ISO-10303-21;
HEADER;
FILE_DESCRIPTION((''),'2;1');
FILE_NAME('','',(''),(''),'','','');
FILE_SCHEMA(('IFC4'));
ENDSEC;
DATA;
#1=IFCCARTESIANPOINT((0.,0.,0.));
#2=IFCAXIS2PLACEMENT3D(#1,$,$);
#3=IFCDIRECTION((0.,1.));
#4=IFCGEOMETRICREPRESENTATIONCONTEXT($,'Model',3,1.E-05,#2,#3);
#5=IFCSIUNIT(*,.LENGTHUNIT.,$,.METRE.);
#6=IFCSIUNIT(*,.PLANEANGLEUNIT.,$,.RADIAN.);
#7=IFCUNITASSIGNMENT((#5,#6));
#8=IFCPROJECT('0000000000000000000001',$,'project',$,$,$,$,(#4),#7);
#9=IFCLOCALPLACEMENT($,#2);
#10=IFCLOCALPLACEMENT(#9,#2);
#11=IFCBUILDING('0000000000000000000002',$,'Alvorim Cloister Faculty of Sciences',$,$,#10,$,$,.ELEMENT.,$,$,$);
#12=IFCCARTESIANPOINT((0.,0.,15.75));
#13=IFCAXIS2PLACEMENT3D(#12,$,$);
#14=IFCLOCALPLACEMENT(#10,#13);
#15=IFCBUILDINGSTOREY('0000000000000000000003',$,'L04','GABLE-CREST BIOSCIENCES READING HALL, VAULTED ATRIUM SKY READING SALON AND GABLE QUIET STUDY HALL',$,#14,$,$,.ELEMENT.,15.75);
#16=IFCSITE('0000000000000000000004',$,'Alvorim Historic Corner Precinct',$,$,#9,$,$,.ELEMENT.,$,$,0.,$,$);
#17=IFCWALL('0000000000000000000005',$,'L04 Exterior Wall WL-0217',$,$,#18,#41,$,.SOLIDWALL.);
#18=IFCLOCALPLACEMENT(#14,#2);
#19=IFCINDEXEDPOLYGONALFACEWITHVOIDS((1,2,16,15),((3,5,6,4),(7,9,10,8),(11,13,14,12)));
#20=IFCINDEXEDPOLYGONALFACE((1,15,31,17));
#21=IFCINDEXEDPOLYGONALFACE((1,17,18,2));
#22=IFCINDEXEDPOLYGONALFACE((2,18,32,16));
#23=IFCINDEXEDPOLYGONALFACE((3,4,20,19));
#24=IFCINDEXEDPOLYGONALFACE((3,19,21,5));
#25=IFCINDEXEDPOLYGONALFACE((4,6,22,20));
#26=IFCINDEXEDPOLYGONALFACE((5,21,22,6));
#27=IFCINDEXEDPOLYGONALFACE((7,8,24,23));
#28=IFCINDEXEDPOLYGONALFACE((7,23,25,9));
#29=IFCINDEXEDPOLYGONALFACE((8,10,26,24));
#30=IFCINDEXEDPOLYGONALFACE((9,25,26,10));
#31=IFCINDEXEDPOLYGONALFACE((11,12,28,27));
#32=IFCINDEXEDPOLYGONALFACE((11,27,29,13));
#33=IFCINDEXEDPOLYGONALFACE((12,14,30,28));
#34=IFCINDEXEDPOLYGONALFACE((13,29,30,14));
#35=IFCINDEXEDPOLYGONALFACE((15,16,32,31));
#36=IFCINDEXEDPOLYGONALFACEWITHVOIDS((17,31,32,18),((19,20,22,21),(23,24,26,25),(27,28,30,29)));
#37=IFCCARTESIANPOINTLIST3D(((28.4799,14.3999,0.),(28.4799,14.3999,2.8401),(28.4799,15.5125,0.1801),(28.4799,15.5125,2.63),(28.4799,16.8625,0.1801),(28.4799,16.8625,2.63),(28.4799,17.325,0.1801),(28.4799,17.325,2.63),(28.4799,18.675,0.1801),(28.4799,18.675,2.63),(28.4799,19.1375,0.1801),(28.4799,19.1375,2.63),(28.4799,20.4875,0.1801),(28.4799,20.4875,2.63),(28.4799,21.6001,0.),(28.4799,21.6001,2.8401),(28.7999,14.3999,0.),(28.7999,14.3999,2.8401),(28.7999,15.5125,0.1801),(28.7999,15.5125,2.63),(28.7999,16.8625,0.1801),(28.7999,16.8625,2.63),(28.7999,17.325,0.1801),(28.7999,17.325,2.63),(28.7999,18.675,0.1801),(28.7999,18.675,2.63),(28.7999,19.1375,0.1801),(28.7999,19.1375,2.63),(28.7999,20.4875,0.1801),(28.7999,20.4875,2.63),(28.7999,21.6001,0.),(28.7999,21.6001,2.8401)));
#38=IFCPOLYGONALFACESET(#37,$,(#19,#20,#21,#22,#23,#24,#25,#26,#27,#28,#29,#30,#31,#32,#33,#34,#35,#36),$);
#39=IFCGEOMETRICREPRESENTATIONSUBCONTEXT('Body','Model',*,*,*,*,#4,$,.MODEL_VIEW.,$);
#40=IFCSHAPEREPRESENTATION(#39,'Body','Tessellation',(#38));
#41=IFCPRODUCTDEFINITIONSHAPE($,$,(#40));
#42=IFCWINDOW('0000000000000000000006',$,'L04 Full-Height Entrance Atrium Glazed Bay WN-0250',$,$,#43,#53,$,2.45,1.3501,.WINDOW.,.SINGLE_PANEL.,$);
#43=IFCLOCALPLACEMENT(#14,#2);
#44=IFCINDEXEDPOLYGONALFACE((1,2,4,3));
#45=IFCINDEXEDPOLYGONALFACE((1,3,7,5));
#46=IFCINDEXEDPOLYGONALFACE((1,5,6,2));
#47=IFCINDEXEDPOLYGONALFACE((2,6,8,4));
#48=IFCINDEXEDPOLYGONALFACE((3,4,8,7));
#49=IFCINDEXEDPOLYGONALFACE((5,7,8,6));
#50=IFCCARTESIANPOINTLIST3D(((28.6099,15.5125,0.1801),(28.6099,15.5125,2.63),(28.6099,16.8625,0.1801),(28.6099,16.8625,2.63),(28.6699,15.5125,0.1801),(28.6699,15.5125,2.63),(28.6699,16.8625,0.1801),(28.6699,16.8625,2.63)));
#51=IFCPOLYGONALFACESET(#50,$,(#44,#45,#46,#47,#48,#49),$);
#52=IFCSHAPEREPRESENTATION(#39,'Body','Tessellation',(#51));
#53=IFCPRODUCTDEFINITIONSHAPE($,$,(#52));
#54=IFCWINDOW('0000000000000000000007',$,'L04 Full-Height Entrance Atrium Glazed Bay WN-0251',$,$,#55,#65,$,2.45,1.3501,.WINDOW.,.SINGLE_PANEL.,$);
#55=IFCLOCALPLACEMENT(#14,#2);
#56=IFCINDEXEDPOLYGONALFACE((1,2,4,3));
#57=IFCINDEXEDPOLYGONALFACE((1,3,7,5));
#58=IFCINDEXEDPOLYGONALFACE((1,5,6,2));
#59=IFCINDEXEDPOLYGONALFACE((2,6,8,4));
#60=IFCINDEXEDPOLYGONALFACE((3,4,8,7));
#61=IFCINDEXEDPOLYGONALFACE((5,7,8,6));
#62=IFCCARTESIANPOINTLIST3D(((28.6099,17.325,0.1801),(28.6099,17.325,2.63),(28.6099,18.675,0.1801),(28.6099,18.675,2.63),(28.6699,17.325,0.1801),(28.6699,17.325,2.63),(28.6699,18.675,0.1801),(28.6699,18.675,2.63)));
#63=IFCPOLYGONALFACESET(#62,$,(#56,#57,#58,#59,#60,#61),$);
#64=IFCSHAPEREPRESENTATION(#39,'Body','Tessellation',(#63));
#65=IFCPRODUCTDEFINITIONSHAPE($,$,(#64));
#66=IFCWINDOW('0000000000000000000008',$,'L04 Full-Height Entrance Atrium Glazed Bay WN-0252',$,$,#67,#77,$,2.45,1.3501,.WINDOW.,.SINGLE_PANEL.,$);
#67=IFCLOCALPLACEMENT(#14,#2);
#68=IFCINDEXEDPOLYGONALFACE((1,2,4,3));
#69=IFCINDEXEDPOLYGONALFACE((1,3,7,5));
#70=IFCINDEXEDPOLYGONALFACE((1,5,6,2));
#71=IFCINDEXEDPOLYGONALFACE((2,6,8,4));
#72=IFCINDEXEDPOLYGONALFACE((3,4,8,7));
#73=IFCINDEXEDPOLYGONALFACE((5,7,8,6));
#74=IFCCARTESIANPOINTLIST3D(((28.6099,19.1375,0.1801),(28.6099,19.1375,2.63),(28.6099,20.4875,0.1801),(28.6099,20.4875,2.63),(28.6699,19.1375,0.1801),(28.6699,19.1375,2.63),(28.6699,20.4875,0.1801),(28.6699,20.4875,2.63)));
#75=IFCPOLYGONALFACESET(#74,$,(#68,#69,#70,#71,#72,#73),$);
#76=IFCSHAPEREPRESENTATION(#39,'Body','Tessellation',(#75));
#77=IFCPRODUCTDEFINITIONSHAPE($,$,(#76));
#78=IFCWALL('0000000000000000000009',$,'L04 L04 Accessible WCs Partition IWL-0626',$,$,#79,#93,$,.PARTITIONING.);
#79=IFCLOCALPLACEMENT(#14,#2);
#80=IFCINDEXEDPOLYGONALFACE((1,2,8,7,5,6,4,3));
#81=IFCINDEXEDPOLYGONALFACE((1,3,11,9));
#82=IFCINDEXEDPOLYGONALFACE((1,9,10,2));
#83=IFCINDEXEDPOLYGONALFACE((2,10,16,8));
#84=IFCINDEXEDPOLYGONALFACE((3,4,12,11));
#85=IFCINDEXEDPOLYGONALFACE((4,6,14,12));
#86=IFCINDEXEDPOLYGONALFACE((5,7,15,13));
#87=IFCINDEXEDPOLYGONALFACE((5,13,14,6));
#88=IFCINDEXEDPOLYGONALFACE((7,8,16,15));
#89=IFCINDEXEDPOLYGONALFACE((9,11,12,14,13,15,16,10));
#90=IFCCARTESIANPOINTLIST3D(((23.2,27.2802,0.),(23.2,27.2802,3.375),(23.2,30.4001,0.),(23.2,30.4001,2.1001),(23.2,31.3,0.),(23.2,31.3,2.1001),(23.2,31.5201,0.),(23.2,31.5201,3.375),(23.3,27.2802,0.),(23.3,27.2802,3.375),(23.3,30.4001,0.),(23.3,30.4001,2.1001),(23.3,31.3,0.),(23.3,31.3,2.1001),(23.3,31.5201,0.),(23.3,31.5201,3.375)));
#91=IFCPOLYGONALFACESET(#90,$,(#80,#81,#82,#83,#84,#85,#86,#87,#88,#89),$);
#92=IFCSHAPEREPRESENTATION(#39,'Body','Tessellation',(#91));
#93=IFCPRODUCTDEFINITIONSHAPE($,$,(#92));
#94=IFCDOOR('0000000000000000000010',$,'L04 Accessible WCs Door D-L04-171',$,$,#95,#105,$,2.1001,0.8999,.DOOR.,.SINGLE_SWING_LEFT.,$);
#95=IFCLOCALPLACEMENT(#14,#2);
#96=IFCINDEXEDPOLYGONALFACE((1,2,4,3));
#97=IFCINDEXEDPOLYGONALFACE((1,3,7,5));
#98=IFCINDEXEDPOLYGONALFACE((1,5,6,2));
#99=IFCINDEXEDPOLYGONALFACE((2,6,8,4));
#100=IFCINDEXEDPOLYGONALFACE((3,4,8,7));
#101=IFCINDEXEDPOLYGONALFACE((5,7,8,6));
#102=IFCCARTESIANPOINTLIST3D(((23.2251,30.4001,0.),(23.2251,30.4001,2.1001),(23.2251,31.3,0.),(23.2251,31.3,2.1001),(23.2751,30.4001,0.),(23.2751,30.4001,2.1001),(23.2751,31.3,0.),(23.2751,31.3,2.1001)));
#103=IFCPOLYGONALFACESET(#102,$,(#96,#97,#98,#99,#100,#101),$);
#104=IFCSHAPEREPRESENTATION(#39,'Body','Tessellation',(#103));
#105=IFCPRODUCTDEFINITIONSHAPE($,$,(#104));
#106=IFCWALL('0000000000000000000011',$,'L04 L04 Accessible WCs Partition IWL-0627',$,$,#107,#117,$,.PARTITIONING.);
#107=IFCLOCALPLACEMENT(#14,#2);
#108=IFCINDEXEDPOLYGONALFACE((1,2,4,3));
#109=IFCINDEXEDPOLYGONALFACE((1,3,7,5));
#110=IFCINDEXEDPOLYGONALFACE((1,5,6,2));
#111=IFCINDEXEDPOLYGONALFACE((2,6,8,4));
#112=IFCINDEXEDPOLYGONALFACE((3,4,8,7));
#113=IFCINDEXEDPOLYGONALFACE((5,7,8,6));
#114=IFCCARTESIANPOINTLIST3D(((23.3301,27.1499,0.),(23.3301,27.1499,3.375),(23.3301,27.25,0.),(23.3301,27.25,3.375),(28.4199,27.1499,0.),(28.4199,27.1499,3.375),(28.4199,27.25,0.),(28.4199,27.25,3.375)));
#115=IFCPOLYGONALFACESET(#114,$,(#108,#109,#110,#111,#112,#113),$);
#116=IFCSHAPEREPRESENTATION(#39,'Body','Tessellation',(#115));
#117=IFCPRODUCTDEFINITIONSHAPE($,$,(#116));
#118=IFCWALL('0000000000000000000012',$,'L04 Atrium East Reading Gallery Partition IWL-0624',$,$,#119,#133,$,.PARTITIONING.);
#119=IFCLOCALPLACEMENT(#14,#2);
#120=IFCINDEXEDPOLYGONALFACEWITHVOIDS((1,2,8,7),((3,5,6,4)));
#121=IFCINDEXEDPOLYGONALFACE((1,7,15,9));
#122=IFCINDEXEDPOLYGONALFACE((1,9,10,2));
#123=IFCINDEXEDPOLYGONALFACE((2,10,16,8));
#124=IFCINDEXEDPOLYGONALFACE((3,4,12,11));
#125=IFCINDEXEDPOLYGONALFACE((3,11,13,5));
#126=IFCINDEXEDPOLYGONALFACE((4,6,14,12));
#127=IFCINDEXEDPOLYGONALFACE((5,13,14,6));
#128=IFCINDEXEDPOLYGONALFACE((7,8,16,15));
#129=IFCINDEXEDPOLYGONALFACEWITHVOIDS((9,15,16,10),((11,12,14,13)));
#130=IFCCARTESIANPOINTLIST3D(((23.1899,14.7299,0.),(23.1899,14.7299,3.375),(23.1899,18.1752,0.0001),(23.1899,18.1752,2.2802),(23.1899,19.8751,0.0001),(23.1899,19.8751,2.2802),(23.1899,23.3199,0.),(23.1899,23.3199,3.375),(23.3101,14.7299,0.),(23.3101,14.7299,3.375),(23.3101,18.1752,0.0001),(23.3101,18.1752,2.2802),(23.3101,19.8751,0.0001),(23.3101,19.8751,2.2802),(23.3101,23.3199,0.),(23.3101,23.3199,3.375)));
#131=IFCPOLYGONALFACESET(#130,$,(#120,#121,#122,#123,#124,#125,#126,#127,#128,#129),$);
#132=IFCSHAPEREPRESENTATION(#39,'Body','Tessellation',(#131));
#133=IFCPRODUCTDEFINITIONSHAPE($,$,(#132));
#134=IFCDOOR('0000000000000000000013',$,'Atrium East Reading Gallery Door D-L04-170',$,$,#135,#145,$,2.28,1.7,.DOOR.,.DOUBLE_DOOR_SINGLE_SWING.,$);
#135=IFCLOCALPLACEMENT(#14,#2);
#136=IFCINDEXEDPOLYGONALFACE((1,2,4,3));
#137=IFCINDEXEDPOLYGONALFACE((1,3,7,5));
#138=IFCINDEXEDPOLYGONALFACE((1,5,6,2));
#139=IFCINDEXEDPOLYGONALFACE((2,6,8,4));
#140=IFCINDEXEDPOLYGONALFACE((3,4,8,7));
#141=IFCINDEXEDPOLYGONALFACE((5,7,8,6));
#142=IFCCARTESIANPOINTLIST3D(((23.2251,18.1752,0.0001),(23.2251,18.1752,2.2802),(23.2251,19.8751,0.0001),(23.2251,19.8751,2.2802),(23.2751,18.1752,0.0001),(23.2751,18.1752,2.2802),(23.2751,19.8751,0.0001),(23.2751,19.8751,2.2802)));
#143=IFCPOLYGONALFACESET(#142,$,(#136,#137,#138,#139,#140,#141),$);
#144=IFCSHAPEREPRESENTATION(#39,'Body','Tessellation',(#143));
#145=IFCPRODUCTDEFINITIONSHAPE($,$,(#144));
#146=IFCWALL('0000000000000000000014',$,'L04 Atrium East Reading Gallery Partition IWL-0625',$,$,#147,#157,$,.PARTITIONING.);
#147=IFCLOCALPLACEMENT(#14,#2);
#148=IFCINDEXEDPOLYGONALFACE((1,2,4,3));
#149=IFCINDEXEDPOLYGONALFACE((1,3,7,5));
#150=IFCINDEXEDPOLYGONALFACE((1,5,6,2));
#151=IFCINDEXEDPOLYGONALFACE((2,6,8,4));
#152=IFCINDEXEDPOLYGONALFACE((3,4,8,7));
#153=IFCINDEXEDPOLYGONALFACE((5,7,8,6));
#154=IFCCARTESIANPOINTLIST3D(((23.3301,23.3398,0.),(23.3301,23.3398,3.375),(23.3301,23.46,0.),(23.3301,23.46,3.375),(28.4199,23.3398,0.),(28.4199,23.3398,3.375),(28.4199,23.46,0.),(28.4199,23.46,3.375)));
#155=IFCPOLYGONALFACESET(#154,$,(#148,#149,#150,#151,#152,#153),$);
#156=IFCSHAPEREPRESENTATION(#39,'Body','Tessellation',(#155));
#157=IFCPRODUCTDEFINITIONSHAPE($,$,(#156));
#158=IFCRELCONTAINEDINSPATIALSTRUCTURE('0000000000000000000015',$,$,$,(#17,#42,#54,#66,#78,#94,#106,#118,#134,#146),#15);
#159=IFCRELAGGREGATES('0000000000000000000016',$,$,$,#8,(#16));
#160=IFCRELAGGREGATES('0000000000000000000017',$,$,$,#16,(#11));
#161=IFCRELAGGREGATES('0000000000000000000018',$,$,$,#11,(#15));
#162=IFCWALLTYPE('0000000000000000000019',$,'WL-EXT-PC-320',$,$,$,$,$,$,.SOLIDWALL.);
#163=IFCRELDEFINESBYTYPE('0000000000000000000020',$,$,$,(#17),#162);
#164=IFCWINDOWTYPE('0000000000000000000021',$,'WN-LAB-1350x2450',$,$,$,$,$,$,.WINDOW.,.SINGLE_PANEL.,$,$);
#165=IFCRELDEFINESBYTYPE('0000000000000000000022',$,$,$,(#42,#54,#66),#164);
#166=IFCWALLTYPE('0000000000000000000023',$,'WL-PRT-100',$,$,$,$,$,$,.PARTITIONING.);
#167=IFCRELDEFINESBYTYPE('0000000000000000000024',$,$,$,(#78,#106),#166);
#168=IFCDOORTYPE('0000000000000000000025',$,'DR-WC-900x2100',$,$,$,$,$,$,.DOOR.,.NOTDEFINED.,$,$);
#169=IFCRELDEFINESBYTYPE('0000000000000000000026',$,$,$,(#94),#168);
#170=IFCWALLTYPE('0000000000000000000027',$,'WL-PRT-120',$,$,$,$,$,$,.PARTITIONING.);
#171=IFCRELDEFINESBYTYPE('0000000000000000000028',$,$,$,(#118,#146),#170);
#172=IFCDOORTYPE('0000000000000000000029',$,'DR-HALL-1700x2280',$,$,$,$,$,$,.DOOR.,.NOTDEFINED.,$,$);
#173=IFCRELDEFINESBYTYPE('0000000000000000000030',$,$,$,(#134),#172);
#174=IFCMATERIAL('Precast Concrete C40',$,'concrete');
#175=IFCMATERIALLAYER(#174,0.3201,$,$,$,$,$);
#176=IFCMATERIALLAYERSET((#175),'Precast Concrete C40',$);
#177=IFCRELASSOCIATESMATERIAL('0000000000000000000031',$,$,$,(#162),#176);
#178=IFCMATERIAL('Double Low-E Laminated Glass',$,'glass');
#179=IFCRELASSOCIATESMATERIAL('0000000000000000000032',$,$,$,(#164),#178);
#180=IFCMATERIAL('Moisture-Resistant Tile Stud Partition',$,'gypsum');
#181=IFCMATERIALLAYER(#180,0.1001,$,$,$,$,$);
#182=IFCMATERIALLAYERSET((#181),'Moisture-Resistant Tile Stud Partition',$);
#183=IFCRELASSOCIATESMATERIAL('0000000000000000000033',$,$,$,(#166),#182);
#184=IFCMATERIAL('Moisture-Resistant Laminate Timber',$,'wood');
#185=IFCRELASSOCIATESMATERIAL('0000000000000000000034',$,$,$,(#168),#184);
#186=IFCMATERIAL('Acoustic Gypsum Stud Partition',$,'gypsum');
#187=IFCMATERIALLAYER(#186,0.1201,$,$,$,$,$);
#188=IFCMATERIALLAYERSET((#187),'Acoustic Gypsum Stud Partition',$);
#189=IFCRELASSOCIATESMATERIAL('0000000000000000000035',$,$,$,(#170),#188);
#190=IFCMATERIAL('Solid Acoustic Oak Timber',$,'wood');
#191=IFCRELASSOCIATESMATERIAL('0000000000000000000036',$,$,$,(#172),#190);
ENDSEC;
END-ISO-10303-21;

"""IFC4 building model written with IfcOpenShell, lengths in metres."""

from ifc_helpers import new_model, si_unit, direction, frame, frame_2d, origin, place, context, subcontext, project, spatial, rectangle, extrude, material, layer, layer_set, type_object, element, fill, save


model = new_model("IFC4")

# Units and contexts
model_context = context("Model", 3, precision=1e-05, world=origin(), true_north=direction((0.0, 1.0)))
body_context = subcontext(model_context, "Body", "Model", "MODEL_VIEW")
ifc_project = project(units=[si_unit("LENGTHUNIT", "METRE"), si_unit("PLANEANGLEUNIT", "RADIAN")], contexts=[model_context])

# Site, building, storey
site_placement = place(None, origin())
site = spatial("IfcSite", under=ifc_project, at=site_placement, Name="Alvorim Historic Corner Precinct", CompositionType="ELEMENT", RefElevation=0.0)
building_placement = place(site_placement, origin())
building = spatial("IfcBuilding", under=site, at=building_placement, Name="Alvorim Cloister Faculty of Sciences", CompositionType="ELEMENT")
storey_placement = place(building_placement, frame((0.0, 0.0, 15.75)))
storey = spatial("IfcBuildingStorey", under=building, at=storey_placement, Name="L04", Description="GABLE-CREST BIOSCIENCES READING HALL, VAULTED ATRIUM SKY READING SALON AND GABLE QUIET STUDY HALL", CompositionType="ELEMENT", Elevation=15.75)

# Shared definitions
ifc_material_1 = material(Name="Double Low-E Laminated Glass", Category="glass")

# Shared definitions
ifc_material_2 = material(Name="Precast Concrete C40", Category="concrete")
ifc_layer_1 = layer(ifc_material_2, 0.3201)
ifc_layer_set_1 = layer_set([ifc_layer_1], Name="Precast Concrete C40")
wall_type_1 = type_object("IfcWallType", Name="WL-EXT-PC-320", PredefinedType="SOLIDWALL", material=ifc_layer_set_1)

# Wall, openings, windows
wall_1_placement = place(storey_placement, frame((28.6399, 14.3999, 0.0), z_axis=(0.0, 0.0, 1.0), x_axis=(0.0, 1.0, 0.0)))
wall_1 = element("IfcWall", 1, at=wall_1_placement, inside=storey, type_object=wall_type_1, Name="L04 Exterior Wall WL-0217", PredefinedType="SOLIDWALL", context=body_context, shape_type="SweptSolid", body=[
    extrude(rectangle(XDim=7.2002, YDim=0.3201, at=frame_2d((3.6001, 0.0))), origin(), (0.0, 0.0, 1.0), 2.8401),
])
opening_1_placement = place(wall_1_placement, frame((1.1125, 0.0, 0.1799)))
opening_1 = element("IfcOpeningElement", 2, at=opening_1_placement, cuts=wall_1, PredefinedType="OPENING", context=body_context, shape_type="SweptSolid", body=[
    extrude(rectangle(XDim=1.3501, YDim=2.45, at=frame_2d((0.675, 1.2251))), frame((0.0, 0.1719, 0.0), z_axis=(0.0, -1.0, 0.0), x_axis=(1.0, 0.0, 0.0)), (0.0, 0.0, 1.0), 0.344),
])
opening_2_placement = place(wall_1_placement, frame((2.925, 0.0, 0.1799)))
opening_2 = element("IfcOpeningElement", 3, at=opening_2_placement, cuts=wall_1, PredefinedType="OPENING", context=body_context, shape_type="SweptSolid", body=[
    extrude(rectangle(XDim=1.3501, YDim=2.45, at=frame_2d((0.675, 1.2251))), frame((0.0, 0.1719, 0.0), z_axis=(0.0, -1.0, 0.0), x_axis=(1.0, 0.0, 0.0)), (0.0, 0.0, 1.0), 0.344),
])
opening_3_placement = place(wall_1_placement, frame((4.7375, 0.0, 0.1799)))
opening_3 = element("IfcOpeningElement", 4, at=opening_3_placement, cuts=wall_1, PredefinedType="OPENING", context=body_context, shape_type="SweptSolid", body=[
    extrude(rectangle(XDim=1.3501, YDim=2.45, at=frame_2d((0.675, 1.2251))), frame((0.0, 0.1719, 0.0), z_axis=(0.0, -1.0, 0.0), x_axis=(1.0, 0.0, 0.0)), (0.0, 0.0, 1.0), 0.344),
])
window_type = type_object("IfcWindowType", Name="WN-LAB-1350x2450", PartitioningType="SINGLE_PANEL", PredefinedType="WINDOW", material=ifc_material_1)
window_1_placement = place(opening_1_placement, origin())
window_1 = element("IfcWindow", 5, at=window_1_placement, inside=storey, type_object=window_type, Name="L04 Full-Height Entrance Atrium Glazed Bay WN-0250", OverallHeight=2.45, OverallWidth=1.3501, PartitioningType="SINGLE_PANEL", PredefinedType="WINDOW", context=body_context, shape_type="SweptSolid", body=[
    extrude(rectangle(XDim=1.3501, YDim=2.45, at=frame_2d((0.675, 1.2251))), frame((0.0, 0.03, 0.0), z_axis=(0.0, -1.0, 0.0), x_axis=(1.0, 0.0, 0.0)), (0.0, 0.0, 1.0), 0.0601),
])
fill(opening_1, window_1)
window_2_placement = place(opening_2_placement, origin())
window_2 = element("IfcWindow", 6, at=window_2_placement, inside=storey, type_object=window_type, Name="L04 Full-Height Entrance Atrium Glazed Bay WN-0251", OverallHeight=2.45, OverallWidth=1.3501, PartitioningType="SINGLE_PANEL", PredefinedType="WINDOW", context=body_context, shape_type="SweptSolid", body=[
    extrude(rectangle(XDim=1.3501, YDim=2.45, at=frame_2d((0.675, 1.2251))), frame((0.0, 0.03, 0.0), z_axis=(0.0, -1.0, 0.0), x_axis=(1.0, 0.0, 0.0)), (0.0, 0.0, 1.0), 0.0601),
])
fill(opening_2, window_2)
window_3_placement = place(opening_3_placement, origin())
window_3 = element("IfcWindow", 7, at=window_3_placement, inside=storey, type_object=window_type, Name="L04 Full-Height Entrance Atrium Glazed Bay WN-0252", OverallHeight=2.45, OverallWidth=1.3501, PartitioningType="SINGLE_PANEL", PredefinedType="WINDOW", context=body_context, shape_type="SweptSolid", body=[
    extrude(rectangle(XDim=1.3501, YDim=2.45, at=frame_2d((0.675, 1.2251))), frame((0.0, 0.03, 0.0), z_axis=(0.0, -1.0, 0.0), x_axis=(1.0, 0.0, 0.0)), (0.0, 0.0, 1.0), 0.0601),
])
fill(opening_3, window_3)

# Wall, opening, door
ifc_material_3 = material(Name="Moisture-Resistant Tile Stud Partition", Category="gypsum")
ifc_layer_2 = layer(ifc_material_3, 0.1001)
ifc_layer_set_2 = layer_set([ifc_layer_2], Name="Moisture-Resistant Tile Stud Partition")
wall_type_2 = type_object("IfcWallType", Name="WL-PRT-100", PredefinedType="PARTITIONING", material=ifc_layer_set_2)
wall_2_placement = place(storey_placement, frame((23.25, 27.28, 0.0), z_axis=(0.0, 0.0, 1.0), x_axis=(0.0, 1.0, 0.0)))
wall_2 = element("IfcWall", 8, at=wall_2_placement, inside=storey, type_object=wall_type_2, Name="L04 L04 Accessible WCs Partition IWL-0626", PredefinedType="PARTITIONING", context=body_context, shape_type="SweptSolid", body=[
    extrude(rectangle(XDim=4.24, YDim=0.1001, at=frame_2d((2.1201, 0.0))), origin(), (0.0, 0.0, 1.0), 3.375),
])
opening_4_placement = place(wall_2_placement, frame((3.1201, 0.0, 0.0)))
opening_4 = element("IfcOpeningElement", 9, at=opening_4_placement, cuts=wall_2, PredefinedType="OPENING", context=body_context, shape_type="SweptSolid", body=[
    extrude(rectangle(XDim=0.8999, YDim=2.1001, at=frame_2d((0.45, 1.05))), frame((0.0, 0.062, 0.0), z_axis=(0.0, -1.0, 0.0), x_axis=(1.0, 0.0, 0.0)), (0.0, 0.0, 1.0), 0.124),
])
ifc_material_4 = material(Name="Moisture-Resistant Laminate Timber", Category="wood")
door_type_1 = type_object("IfcDoorType", Name="DR-WC-900x2100", OperationType="NOTDEFINED", PredefinedType="DOOR", material=ifc_material_4)
door_1_placement = place(opening_4_placement, origin())
door_1 = element("IfcDoor", 10, at=door_1_placement, inside=storey, type_object=door_type_1, Name="L04 Accessible WCs Door D-L04-171", OperationType="SINGLE_SWING_LEFT", OverallHeight=2.1001, OverallWidth=0.8999, PredefinedType="DOOR", context=body_context, shape_type="SweptSolid", body=[
    extrude(rectangle(XDim=0.8999, YDim=2.1001, at=frame_2d((0.45, 1.05))), frame((0.0, 0.0249, 0.0), z_axis=(0.0, -1.0, 0.0), x_axis=(1.0, 0.0, 0.0)), (0.0, 0.0, 1.0), 0.05),
])
fill(opening_4, door_1)

# Wall
wall_3_placement = place(storey_placement, frame((23.3301, 27.2, 0.0), z_axis=(0.0, 0.0, 1.0), x_axis=(1.0, 0.0, 0.0)))
element("IfcWall", 11, at=wall_3_placement, inside=storey, type_object=wall_type_2, Name="L04 L04 Accessible WCs Partition IWL-0627", PredefinedType="PARTITIONING", context=body_context, shape_type="SweptSolid", body=[
    extrude(rectangle(XDim=5.0898, YDim=0.1001, at=frame_2d((2.5449, 0.0))), origin(), (0.0, 0.0, 1.0), 3.375),
])

# Wall, opening, door
ifc_material_5 = material(Name="Acoustic Gypsum Stud Partition", Category="gypsum")
ifc_layer_3 = layer(ifc_material_5, 0.1201)
ifc_layer_set_3 = layer_set([ifc_layer_3], Name="Acoustic Gypsum Stud Partition")
wall_type_3 = type_object("IfcWallType", Name="WL-PRT-120", PredefinedType="PARTITIONING", material=ifc_layer_set_3)
wall_4_placement = place(storey_placement, frame((23.25, 14.73, 0.0), z_axis=(0.0, 0.0, 1.0), x_axis=(0.0, 1.0, 0.0)))
wall_4 = element("IfcWall", 12, at=wall_4_placement, inside=storey, type_object=wall_type_3, Name="L04 Atrium East Reading Gallery Partition IWL-0624", PredefinedType="PARTITIONING", context=body_context, shape_type="SweptSolid", body=[
    extrude(rectangle(XDim=8.5901, YDim=0.1201, at=frame_2d((4.2949, 0.0))), origin(), (0.0, 0.0, 1.0), 3.375),
])
opening_5_placement = place(wall_4_placement, frame((3.4451, 0.0, 0.0)))
opening_5 = element("IfcOpeningElement", 13, at=opening_5_placement, cuts=wall_4, PredefinedType="OPENING", context=body_context, shape_type="SweptSolid", body=[
    extrude(rectangle(XDim=1.7, YDim=2.28, at=frame_2d((0.8501, 1.1401))), frame((0.0, 0.072, 0.0), z_axis=(0.0, -1.0, 0.0), x_axis=(1.0, 0.0, 0.0)), (0.0, 0.0, 1.0), 0.144),
])
ifc_material_6 = material(Name="Solid Acoustic Oak Timber", Category="wood")
door_type_2 = type_object("IfcDoorType", Name="DR-HALL-1700x2280", OperationType="NOTDEFINED", PredefinedType="DOOR", material=ifc_material_6)
door_2_placement = place(opening_5_placement, origin())
door_2 = element("IfcDoor", 14, at=door_2_placement, inside=storey, type_object=door_type_2, Name="Atrium East Reading Gallery Door D-L04-170", OperationType="DOUBLE_DOOR_SINGLE_SWING", OverallHeight=2.28, OverallWidth=1.7, PredefinedType="DOOR", context=body_context, shape_type="SweptSolid", body=[
    extrude(rectangle(XDim=1.7, YDim=2.28, at=frame_2d((0.8501, 1.1401))), frame((0.0, 0.0249, 0.0), z_axis=(0.0, -1.0, 0.0), x_axis=(1.0, 0.0, 0.0)), (0.0, 0.0, 1.0), 0.05),
])
fill(opening_5, door_2)

# Wall
wall_5_placement = place(storey_placement, frame((23.3301, 23.3999, 0.0), z_axis=(0.0, 0.0, 1.0), x_axis=(1.0, 0.0, 0.0)))
element("IfcWall", 15, at=wall_5_placement, inside=storey, type_object=wall_type_3, Name="L04 Atrium East Reading Gallery Partition IWL-0625", PredefinedType="PARTITIONING", context=body_context, shape_type="SweptSolid", body=[
    extrude(rectangle(XDim=5.0898, YDim=0.1201, at=frame_2d((2.5449, 0.0))), origin(), (0.0, 0.0, 1.0), 3.375),
])

save(model, "model.ifc")
